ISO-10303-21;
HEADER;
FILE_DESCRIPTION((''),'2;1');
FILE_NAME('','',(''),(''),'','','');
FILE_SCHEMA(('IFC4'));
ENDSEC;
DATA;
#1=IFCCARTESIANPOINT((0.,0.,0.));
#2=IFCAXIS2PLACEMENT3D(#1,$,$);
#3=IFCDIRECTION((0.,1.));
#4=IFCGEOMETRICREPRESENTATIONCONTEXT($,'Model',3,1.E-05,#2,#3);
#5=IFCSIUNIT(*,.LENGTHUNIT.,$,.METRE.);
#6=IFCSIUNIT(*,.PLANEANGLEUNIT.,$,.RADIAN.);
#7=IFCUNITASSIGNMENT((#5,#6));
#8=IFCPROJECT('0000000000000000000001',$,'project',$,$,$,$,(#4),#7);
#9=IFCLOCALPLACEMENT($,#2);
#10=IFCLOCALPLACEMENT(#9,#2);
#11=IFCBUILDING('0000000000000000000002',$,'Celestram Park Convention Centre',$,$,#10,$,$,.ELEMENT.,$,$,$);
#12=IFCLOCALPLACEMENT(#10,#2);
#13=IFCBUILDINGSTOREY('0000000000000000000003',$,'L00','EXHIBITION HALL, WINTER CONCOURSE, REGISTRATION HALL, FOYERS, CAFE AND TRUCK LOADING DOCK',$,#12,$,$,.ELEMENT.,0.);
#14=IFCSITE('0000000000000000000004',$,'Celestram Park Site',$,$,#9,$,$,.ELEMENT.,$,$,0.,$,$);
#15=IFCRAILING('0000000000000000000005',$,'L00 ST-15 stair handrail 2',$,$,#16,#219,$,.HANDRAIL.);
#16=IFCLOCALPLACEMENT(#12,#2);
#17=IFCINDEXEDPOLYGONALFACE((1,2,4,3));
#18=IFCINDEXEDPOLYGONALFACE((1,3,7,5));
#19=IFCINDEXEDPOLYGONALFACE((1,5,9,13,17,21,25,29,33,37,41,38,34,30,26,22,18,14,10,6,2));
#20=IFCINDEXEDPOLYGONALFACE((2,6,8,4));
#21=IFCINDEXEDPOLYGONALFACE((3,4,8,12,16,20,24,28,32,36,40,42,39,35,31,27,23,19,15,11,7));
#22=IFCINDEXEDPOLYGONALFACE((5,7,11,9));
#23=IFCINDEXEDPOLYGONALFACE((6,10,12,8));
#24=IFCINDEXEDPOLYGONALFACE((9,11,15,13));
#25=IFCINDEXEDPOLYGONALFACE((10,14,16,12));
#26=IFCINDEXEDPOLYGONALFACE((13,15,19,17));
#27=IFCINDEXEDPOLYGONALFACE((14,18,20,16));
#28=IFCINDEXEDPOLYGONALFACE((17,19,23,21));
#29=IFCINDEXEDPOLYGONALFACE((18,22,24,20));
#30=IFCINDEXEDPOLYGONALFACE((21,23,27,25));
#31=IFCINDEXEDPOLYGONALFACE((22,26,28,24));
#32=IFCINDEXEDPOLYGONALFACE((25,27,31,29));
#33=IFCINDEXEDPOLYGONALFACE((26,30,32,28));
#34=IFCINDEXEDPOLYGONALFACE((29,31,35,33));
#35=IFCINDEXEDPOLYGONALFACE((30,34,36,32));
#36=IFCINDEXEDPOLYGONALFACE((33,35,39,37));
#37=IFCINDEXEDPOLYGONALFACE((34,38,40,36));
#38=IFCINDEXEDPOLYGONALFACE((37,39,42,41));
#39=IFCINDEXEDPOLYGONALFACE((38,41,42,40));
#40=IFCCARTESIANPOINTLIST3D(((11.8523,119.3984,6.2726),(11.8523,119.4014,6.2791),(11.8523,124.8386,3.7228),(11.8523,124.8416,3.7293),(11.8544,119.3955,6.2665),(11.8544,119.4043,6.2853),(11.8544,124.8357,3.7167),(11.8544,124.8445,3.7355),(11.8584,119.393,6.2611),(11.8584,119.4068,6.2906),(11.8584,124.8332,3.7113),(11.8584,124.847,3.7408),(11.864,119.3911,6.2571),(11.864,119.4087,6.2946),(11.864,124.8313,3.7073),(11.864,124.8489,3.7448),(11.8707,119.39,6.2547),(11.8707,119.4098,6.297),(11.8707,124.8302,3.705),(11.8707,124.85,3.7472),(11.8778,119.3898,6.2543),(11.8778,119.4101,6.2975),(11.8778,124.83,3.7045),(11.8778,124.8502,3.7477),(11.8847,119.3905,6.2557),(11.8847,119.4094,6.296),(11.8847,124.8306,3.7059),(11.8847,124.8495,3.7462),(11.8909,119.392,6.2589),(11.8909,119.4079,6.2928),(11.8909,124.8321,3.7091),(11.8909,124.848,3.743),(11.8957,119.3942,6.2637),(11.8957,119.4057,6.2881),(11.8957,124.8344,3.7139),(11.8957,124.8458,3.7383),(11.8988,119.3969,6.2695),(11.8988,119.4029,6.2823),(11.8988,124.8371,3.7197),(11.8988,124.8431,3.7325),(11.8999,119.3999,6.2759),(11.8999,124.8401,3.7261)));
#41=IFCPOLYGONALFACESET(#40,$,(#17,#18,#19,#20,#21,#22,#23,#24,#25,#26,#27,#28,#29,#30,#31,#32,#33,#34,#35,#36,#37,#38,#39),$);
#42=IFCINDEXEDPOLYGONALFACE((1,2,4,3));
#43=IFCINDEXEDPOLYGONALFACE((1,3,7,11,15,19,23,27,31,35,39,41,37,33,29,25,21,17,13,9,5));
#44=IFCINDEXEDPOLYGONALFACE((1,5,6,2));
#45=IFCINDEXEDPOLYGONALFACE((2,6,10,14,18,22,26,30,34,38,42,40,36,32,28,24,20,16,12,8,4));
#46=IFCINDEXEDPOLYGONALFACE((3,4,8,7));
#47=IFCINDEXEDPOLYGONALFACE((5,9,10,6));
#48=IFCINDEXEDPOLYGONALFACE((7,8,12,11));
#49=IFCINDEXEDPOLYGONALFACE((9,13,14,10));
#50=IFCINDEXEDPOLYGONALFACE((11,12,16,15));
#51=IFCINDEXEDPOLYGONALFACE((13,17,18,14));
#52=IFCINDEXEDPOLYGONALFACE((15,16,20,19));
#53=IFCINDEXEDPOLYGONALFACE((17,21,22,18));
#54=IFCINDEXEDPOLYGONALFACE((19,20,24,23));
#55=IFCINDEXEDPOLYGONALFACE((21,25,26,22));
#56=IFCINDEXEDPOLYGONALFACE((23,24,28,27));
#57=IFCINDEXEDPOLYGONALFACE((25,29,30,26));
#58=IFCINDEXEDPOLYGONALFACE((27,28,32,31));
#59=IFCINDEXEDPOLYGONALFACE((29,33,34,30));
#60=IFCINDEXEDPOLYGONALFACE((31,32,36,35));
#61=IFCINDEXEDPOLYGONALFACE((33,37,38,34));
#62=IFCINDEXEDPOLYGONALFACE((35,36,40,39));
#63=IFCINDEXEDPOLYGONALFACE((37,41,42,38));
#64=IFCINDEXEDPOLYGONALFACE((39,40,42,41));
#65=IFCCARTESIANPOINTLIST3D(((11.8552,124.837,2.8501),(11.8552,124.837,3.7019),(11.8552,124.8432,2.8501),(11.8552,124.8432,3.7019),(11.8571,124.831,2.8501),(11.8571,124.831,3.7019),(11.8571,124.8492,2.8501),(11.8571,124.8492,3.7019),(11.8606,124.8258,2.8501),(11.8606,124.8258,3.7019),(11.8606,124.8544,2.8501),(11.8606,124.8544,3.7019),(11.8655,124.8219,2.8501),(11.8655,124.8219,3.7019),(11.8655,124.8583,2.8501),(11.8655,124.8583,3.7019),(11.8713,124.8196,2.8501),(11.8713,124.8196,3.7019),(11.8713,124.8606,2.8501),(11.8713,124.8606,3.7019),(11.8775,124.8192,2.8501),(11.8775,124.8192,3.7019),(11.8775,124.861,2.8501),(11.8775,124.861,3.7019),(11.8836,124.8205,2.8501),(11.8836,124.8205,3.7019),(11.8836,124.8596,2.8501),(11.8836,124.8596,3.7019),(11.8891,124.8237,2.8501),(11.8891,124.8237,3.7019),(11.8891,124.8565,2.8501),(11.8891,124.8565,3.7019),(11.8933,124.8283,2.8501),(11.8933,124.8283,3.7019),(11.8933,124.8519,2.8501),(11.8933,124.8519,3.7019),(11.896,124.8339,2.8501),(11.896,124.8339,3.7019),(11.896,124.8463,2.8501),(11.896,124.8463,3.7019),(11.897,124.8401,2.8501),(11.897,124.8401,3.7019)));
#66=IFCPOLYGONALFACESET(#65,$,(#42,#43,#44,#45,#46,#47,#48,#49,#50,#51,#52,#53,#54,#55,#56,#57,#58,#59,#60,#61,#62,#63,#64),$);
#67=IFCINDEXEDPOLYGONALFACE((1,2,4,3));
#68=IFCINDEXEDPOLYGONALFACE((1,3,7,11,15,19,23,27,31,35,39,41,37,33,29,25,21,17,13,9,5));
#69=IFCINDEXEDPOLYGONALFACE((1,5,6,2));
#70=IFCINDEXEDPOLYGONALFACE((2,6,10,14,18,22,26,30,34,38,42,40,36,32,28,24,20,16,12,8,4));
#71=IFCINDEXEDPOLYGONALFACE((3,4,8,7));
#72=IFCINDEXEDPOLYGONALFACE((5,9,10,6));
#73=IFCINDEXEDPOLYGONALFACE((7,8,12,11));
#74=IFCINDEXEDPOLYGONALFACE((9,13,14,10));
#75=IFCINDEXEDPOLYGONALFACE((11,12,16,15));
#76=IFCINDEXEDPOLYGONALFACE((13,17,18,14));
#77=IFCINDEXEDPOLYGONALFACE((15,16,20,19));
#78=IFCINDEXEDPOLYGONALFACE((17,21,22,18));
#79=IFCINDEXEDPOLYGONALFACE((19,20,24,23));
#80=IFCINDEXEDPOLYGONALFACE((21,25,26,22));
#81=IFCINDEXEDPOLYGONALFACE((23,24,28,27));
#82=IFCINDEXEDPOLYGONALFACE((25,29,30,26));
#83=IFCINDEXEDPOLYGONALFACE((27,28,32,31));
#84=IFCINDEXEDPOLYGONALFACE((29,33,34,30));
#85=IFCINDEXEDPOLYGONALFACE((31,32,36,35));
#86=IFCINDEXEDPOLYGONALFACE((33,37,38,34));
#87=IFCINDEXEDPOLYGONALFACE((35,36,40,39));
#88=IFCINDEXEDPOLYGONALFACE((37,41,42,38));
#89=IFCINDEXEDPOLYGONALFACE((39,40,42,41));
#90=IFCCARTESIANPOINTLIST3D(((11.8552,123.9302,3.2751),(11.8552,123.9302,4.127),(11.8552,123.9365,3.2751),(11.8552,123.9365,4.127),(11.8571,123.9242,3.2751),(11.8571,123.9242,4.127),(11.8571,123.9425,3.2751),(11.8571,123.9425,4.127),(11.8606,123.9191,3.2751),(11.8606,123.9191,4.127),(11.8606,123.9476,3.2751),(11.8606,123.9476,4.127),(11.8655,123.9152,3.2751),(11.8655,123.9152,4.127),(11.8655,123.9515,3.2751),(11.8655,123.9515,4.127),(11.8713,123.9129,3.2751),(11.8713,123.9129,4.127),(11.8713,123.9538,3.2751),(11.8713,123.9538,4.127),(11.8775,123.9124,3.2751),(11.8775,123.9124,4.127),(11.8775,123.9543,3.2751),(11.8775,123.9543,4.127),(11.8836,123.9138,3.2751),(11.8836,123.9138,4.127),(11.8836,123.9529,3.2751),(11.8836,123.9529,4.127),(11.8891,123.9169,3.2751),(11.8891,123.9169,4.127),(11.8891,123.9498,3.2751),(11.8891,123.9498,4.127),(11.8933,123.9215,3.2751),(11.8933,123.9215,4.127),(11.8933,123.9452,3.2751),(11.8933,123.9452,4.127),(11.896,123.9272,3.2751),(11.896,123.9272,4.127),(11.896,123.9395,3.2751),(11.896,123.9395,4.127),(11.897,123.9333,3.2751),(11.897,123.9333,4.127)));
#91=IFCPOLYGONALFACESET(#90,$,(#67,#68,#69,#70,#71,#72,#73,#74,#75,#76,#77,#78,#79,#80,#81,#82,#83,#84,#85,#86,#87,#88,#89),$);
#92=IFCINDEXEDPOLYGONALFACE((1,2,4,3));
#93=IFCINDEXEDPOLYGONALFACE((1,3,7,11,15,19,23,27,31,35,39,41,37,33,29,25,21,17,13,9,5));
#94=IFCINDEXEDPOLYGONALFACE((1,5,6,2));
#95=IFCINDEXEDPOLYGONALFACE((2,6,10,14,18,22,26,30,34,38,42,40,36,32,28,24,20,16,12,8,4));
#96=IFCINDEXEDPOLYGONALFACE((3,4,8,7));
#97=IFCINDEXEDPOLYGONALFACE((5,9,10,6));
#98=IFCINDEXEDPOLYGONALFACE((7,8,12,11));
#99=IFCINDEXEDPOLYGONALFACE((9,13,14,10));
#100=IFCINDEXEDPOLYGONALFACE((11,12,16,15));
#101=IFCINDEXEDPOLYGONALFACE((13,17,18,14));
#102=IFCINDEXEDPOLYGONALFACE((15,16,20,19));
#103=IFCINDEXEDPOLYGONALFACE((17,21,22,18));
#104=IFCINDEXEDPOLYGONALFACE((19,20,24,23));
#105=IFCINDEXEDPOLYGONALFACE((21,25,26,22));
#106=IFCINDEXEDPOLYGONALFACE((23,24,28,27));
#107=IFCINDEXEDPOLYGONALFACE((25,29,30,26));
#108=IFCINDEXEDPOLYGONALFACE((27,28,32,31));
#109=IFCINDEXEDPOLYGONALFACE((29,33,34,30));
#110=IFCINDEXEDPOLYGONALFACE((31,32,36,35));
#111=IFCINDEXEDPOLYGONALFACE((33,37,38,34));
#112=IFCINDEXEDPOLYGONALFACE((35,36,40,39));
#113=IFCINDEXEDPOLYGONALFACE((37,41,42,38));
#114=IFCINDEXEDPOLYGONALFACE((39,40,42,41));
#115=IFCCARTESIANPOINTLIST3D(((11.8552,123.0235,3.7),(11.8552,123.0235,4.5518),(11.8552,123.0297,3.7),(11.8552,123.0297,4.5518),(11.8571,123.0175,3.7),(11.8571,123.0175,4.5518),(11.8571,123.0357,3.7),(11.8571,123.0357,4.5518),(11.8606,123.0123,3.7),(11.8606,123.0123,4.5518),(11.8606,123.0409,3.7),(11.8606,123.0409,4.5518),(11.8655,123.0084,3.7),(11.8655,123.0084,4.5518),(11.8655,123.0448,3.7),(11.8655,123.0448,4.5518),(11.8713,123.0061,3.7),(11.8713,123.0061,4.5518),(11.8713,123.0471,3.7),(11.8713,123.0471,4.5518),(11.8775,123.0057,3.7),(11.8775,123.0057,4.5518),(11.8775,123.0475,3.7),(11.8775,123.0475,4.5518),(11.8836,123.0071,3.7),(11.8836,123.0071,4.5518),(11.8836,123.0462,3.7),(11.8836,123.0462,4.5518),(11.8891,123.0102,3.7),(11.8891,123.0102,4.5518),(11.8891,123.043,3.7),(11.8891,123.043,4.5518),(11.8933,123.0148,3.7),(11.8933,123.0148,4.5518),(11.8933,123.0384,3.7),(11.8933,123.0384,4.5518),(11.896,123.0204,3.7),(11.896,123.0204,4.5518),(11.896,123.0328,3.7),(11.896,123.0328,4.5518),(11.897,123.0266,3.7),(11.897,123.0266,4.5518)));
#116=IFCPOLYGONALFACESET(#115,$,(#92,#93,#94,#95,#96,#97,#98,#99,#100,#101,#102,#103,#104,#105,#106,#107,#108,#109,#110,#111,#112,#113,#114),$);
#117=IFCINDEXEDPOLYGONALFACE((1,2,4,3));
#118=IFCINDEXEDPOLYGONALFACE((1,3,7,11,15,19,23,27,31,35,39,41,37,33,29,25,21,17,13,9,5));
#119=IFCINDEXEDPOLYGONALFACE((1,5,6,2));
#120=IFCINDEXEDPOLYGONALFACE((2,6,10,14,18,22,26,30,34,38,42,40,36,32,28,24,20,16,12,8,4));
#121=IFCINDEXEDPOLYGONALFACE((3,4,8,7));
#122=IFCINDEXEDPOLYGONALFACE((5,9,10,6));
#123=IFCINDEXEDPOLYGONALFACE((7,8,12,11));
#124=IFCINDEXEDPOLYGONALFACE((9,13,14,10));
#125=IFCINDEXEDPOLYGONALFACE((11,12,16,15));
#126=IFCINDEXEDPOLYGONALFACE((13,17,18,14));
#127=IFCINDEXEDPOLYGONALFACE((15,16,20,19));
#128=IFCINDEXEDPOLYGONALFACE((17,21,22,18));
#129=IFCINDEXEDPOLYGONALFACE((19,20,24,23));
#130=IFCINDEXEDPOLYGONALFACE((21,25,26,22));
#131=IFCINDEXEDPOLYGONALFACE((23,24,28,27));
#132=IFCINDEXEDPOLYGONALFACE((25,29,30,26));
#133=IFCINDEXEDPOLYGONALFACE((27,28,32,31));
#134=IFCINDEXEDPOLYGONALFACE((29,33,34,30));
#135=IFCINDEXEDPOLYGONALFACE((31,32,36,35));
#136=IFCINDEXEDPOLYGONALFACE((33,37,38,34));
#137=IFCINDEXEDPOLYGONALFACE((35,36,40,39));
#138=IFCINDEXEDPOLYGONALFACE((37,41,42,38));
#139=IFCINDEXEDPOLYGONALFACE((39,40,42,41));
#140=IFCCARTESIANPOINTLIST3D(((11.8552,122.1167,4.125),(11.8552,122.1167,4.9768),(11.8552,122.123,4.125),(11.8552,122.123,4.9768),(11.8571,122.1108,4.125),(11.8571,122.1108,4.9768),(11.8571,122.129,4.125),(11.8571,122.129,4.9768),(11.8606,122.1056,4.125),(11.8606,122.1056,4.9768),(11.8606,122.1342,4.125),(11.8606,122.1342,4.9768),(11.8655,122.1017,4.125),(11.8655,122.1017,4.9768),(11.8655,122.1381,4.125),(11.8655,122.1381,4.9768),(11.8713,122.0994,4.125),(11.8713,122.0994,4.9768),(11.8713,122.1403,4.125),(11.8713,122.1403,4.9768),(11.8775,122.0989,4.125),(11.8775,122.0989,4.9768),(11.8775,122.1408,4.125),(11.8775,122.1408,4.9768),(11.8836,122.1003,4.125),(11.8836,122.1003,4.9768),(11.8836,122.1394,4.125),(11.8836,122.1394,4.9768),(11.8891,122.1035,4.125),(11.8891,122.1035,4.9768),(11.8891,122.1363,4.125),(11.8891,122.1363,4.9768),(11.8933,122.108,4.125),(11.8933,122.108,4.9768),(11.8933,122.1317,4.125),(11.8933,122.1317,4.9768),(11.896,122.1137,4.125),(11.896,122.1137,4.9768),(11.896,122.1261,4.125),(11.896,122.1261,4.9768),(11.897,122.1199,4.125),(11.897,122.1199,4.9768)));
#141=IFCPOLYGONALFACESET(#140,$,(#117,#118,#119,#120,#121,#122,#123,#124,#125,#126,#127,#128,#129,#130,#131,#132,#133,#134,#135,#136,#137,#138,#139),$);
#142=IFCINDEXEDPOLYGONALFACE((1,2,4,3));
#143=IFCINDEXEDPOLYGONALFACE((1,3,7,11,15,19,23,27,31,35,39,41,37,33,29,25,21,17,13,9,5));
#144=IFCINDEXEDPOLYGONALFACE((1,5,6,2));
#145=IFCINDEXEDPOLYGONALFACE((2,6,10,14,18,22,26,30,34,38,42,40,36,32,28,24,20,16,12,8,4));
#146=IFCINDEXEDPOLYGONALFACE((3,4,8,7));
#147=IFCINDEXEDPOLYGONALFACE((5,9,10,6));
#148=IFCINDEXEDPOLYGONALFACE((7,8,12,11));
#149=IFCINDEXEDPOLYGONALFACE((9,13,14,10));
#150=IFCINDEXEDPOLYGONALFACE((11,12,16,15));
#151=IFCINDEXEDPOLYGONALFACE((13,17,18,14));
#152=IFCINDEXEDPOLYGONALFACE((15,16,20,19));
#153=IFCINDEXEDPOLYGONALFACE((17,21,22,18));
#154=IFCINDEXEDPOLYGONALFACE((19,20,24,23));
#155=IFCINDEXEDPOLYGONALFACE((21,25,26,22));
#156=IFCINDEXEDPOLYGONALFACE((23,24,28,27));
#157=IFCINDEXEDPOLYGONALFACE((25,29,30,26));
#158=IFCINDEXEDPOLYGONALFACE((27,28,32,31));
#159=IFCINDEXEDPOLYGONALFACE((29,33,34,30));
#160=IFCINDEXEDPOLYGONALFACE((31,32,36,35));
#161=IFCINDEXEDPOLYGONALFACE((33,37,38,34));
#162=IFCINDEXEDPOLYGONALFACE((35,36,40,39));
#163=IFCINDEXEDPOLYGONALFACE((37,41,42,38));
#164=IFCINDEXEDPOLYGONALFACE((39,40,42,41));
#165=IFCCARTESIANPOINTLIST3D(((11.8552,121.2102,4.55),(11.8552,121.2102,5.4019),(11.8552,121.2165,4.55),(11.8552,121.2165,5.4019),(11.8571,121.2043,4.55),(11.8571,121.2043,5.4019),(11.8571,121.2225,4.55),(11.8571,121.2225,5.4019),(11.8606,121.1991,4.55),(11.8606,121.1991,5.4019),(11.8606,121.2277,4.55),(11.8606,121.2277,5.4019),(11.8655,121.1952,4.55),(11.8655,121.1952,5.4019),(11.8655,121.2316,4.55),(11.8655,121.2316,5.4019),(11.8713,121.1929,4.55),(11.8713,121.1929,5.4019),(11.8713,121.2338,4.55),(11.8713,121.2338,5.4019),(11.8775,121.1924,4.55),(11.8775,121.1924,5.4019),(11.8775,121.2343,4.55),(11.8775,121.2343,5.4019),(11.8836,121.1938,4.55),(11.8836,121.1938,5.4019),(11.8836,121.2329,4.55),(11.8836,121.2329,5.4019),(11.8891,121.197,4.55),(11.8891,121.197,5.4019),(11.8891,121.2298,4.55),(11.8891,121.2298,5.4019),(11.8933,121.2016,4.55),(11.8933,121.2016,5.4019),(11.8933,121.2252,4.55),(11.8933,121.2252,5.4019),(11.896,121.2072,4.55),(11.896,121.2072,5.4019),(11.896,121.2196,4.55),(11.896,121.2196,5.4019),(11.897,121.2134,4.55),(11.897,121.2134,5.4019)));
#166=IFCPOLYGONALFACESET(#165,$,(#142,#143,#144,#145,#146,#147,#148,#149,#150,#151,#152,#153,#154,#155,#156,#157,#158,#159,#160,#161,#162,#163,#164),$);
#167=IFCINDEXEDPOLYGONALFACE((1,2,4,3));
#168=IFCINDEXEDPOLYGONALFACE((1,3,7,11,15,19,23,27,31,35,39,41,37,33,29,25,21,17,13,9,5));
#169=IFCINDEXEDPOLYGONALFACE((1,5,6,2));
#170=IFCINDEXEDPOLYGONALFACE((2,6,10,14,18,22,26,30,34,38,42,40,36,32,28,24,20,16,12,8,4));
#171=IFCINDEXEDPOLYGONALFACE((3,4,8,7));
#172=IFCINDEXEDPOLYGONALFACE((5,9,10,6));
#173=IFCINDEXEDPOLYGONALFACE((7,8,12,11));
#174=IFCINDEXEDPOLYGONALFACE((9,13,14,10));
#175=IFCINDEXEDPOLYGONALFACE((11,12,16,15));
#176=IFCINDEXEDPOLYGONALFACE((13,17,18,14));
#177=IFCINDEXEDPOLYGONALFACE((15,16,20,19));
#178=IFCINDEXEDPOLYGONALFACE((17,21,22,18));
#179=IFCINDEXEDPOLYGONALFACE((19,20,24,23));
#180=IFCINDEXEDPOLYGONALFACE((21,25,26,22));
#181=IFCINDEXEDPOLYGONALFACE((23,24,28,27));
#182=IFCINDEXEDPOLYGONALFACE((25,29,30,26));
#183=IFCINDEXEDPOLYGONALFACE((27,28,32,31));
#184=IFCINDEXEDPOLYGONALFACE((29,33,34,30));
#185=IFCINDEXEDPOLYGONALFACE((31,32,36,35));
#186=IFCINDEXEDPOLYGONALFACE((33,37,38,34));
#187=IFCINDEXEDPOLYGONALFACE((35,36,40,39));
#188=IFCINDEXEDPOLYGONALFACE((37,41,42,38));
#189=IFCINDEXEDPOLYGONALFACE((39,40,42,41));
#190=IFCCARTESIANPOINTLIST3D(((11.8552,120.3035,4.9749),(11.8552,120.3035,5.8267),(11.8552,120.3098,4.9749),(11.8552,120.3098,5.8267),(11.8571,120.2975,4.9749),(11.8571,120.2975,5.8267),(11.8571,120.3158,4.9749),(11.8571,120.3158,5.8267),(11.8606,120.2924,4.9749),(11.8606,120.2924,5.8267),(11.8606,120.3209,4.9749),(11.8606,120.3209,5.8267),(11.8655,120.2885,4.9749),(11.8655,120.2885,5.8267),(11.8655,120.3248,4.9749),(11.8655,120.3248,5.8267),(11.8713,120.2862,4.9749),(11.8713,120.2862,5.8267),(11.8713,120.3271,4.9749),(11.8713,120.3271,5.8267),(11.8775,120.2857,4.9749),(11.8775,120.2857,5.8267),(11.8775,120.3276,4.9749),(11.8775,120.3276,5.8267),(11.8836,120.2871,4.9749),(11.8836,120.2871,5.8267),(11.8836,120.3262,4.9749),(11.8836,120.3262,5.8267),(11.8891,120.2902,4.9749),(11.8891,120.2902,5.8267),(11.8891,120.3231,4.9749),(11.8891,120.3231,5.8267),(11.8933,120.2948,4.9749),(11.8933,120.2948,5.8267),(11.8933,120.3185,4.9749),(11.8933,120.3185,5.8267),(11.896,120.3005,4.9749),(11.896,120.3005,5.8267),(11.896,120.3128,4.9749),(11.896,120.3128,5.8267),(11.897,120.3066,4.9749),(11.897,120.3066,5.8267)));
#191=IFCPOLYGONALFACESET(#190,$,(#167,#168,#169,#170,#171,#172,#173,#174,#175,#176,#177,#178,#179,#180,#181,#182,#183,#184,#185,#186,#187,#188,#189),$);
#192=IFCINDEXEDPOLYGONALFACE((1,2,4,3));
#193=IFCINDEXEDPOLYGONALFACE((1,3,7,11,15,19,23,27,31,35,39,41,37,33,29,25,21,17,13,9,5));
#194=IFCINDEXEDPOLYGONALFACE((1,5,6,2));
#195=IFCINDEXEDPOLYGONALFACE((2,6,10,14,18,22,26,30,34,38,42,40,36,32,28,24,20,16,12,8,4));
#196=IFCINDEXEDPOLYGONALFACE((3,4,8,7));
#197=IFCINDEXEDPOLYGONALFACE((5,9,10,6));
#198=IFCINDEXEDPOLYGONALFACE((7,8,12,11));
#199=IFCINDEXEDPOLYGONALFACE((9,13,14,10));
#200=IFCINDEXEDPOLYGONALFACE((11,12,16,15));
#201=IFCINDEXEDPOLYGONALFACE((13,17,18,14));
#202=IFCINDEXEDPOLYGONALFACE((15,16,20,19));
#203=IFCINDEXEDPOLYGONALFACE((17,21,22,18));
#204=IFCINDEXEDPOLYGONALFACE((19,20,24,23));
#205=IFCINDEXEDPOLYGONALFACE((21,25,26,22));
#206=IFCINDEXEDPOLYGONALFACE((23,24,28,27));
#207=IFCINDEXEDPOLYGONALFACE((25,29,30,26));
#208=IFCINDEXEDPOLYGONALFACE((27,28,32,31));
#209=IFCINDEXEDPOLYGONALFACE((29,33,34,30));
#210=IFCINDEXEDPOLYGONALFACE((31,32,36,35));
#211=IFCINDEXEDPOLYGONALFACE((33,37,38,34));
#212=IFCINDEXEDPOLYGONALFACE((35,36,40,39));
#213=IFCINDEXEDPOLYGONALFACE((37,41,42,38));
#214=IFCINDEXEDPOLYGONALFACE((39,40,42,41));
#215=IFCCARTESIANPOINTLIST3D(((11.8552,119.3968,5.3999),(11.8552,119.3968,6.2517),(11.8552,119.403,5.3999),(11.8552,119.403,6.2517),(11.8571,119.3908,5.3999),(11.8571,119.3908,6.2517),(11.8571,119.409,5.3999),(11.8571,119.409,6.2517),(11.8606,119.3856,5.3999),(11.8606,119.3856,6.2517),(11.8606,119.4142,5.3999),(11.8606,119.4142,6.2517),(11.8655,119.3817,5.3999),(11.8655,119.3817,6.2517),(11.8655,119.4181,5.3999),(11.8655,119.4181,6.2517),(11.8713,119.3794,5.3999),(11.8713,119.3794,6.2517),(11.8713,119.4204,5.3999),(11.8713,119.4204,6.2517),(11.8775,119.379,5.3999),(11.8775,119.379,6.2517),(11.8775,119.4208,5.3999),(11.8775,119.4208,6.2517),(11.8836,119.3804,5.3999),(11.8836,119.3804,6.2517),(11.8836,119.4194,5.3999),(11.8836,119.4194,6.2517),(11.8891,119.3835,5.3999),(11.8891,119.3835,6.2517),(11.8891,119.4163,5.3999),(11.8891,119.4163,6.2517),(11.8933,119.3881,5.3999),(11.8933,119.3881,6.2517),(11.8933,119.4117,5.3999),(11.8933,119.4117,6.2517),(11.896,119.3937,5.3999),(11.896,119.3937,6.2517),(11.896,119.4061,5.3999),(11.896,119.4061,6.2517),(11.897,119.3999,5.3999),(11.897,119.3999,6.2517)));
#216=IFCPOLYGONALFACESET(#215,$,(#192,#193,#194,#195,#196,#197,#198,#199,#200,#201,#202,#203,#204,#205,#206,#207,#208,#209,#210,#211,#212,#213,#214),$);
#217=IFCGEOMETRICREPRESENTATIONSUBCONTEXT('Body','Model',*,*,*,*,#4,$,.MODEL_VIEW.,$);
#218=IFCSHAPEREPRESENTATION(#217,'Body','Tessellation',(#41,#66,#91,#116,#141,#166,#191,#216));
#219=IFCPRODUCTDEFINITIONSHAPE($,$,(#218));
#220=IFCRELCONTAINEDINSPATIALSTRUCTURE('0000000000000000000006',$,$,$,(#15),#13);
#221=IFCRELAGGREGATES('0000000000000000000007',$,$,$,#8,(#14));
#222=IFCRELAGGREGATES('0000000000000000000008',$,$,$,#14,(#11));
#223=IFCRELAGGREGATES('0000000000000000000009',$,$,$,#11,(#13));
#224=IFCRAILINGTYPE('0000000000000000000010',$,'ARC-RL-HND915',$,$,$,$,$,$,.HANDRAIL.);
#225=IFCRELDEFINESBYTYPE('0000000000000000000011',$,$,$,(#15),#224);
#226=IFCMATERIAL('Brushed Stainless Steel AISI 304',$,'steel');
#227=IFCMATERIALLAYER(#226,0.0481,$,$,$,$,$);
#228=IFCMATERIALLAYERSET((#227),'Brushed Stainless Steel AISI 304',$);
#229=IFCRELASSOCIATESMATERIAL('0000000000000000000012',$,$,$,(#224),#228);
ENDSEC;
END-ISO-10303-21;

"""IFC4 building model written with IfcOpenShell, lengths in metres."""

from ifc_helpers import new_model, si_unit, direction, frame, origin, origin_2d, place, context, subcontext, project, spatial, circle, extrude, material, layer, layer_set, type_object, element, save


model = new_model("IFC4")

# Units and contexts
model_context = context("Model", 3, precision=1e-05, world=origin(), true_north=direction((0.0, 1.0)))
body_context = subcontext(model_context, "Body", "Model", "MODEL_VIEW")
ifc_project = project(units=[si_unit("LENGTHUNIT", "METRE"), si_unit("PLANEANGLEUNIT", "RADIAN")], contexts=[model_context])

# Site, building, storey
site_placement = place(None, origin())
site = spatial("IfcSite", under=ifc_project, at=site_placement, Name="Celestram Park Site", CompositionType="ELEMENT", RefElevation=0.0)
building_placement = place(site_placement, origin())
building = spatial("IfcBuilding", under=site, at=building_placement, Name="Celestram Park Convention Centre", CompositionType="ELEMENT")
storey_placement = place(building_placement, origin())
storey = spatial("IfcBuildingStorey", under=building, at=storey_placement, Name="L00", Description="EXHIBITION HALL, WINTER CONCOURSE, REGISTRATION HALL, FOYERS, CAFE AND TRUCK LOADING DOCK", CompositionType="ELEMENT", Elevation=0.0)

# Railing
ifc_material_1 = material(Name="Brushed Stainless Steel AISI 304", Category="steel")
ifc_layer_1 = layer(ifc_material_1, 0.0481)
ifc_layer_set_1 = layer_set([ifc_layer_1], Name="Brushed Stainless Steel AISI 304")
railing_type_1 = type_object("IfcRailingType", Name="ARC-RL-HND915", PredefinedType="HANDRAIL", material=ifc_layer_set_1)
railing_1_placement = place(storey_placement, frame((11.876, 124.8401, 2.8501)))
element("IfcRailing", 1, at=railing_1_placement, inside=storey, type_object=railing_type_1, Name="L00 ST-15 stair handrail 2", PredefinedType="HANDRAIL", context=body_context, shape_type="SweptSolid", body=[
    extrude(circle(Radius=0.0239, at=origin_2d()), frame((0.0, 0.0, 0.876), z_axis=(0.0, -0.905477, 0.424395), x_axis=(1.0, 0.0, 0.0)), (0.0, 0.0, 1.0), 6.0081),
    extrude(circle(Radius=0.021, at=origin_2d()), origin(), (0.0, 0.0, 1.0), 0.8518),
    extrude(circle(Radius=0.021, at=origin_2d()), frame((0.0, -0.9067, 0.425)), (0.0, 0.0, 1.0), 0.8518),
    extrude(circle(Radius=0.021, at=origin_2d()), frame((0.0, -1.8135, 0.8499)), (0.0, 0.0, 1.0), 0.8518),
    extrude(circle(Radius=0.021, at=origin_2d()), frame((0.0, -2.7202, 1.2749)), (0.0, 0.0, 1.0), 0.8518),
    extrude(circle(Radius=0.021, at=origin_2d()), frame((0.0, -3.6267, 1.7)), (0.0, 0.0, 1.0), 0.8518),
    extrude(circle(Radius=0.021, at=origin_2d()), frame((0.0, -4.5334, 2.1248)), (0.0, 0.0, 1.0), 0.8518),
    extrude(circle(Radius=0.021, at=origin_2d()), frame((0.0, -5.4402, 2.5498)), (0.0, 0.0, 1.0), 0.8518),
])

save(model, "model.ifc")
